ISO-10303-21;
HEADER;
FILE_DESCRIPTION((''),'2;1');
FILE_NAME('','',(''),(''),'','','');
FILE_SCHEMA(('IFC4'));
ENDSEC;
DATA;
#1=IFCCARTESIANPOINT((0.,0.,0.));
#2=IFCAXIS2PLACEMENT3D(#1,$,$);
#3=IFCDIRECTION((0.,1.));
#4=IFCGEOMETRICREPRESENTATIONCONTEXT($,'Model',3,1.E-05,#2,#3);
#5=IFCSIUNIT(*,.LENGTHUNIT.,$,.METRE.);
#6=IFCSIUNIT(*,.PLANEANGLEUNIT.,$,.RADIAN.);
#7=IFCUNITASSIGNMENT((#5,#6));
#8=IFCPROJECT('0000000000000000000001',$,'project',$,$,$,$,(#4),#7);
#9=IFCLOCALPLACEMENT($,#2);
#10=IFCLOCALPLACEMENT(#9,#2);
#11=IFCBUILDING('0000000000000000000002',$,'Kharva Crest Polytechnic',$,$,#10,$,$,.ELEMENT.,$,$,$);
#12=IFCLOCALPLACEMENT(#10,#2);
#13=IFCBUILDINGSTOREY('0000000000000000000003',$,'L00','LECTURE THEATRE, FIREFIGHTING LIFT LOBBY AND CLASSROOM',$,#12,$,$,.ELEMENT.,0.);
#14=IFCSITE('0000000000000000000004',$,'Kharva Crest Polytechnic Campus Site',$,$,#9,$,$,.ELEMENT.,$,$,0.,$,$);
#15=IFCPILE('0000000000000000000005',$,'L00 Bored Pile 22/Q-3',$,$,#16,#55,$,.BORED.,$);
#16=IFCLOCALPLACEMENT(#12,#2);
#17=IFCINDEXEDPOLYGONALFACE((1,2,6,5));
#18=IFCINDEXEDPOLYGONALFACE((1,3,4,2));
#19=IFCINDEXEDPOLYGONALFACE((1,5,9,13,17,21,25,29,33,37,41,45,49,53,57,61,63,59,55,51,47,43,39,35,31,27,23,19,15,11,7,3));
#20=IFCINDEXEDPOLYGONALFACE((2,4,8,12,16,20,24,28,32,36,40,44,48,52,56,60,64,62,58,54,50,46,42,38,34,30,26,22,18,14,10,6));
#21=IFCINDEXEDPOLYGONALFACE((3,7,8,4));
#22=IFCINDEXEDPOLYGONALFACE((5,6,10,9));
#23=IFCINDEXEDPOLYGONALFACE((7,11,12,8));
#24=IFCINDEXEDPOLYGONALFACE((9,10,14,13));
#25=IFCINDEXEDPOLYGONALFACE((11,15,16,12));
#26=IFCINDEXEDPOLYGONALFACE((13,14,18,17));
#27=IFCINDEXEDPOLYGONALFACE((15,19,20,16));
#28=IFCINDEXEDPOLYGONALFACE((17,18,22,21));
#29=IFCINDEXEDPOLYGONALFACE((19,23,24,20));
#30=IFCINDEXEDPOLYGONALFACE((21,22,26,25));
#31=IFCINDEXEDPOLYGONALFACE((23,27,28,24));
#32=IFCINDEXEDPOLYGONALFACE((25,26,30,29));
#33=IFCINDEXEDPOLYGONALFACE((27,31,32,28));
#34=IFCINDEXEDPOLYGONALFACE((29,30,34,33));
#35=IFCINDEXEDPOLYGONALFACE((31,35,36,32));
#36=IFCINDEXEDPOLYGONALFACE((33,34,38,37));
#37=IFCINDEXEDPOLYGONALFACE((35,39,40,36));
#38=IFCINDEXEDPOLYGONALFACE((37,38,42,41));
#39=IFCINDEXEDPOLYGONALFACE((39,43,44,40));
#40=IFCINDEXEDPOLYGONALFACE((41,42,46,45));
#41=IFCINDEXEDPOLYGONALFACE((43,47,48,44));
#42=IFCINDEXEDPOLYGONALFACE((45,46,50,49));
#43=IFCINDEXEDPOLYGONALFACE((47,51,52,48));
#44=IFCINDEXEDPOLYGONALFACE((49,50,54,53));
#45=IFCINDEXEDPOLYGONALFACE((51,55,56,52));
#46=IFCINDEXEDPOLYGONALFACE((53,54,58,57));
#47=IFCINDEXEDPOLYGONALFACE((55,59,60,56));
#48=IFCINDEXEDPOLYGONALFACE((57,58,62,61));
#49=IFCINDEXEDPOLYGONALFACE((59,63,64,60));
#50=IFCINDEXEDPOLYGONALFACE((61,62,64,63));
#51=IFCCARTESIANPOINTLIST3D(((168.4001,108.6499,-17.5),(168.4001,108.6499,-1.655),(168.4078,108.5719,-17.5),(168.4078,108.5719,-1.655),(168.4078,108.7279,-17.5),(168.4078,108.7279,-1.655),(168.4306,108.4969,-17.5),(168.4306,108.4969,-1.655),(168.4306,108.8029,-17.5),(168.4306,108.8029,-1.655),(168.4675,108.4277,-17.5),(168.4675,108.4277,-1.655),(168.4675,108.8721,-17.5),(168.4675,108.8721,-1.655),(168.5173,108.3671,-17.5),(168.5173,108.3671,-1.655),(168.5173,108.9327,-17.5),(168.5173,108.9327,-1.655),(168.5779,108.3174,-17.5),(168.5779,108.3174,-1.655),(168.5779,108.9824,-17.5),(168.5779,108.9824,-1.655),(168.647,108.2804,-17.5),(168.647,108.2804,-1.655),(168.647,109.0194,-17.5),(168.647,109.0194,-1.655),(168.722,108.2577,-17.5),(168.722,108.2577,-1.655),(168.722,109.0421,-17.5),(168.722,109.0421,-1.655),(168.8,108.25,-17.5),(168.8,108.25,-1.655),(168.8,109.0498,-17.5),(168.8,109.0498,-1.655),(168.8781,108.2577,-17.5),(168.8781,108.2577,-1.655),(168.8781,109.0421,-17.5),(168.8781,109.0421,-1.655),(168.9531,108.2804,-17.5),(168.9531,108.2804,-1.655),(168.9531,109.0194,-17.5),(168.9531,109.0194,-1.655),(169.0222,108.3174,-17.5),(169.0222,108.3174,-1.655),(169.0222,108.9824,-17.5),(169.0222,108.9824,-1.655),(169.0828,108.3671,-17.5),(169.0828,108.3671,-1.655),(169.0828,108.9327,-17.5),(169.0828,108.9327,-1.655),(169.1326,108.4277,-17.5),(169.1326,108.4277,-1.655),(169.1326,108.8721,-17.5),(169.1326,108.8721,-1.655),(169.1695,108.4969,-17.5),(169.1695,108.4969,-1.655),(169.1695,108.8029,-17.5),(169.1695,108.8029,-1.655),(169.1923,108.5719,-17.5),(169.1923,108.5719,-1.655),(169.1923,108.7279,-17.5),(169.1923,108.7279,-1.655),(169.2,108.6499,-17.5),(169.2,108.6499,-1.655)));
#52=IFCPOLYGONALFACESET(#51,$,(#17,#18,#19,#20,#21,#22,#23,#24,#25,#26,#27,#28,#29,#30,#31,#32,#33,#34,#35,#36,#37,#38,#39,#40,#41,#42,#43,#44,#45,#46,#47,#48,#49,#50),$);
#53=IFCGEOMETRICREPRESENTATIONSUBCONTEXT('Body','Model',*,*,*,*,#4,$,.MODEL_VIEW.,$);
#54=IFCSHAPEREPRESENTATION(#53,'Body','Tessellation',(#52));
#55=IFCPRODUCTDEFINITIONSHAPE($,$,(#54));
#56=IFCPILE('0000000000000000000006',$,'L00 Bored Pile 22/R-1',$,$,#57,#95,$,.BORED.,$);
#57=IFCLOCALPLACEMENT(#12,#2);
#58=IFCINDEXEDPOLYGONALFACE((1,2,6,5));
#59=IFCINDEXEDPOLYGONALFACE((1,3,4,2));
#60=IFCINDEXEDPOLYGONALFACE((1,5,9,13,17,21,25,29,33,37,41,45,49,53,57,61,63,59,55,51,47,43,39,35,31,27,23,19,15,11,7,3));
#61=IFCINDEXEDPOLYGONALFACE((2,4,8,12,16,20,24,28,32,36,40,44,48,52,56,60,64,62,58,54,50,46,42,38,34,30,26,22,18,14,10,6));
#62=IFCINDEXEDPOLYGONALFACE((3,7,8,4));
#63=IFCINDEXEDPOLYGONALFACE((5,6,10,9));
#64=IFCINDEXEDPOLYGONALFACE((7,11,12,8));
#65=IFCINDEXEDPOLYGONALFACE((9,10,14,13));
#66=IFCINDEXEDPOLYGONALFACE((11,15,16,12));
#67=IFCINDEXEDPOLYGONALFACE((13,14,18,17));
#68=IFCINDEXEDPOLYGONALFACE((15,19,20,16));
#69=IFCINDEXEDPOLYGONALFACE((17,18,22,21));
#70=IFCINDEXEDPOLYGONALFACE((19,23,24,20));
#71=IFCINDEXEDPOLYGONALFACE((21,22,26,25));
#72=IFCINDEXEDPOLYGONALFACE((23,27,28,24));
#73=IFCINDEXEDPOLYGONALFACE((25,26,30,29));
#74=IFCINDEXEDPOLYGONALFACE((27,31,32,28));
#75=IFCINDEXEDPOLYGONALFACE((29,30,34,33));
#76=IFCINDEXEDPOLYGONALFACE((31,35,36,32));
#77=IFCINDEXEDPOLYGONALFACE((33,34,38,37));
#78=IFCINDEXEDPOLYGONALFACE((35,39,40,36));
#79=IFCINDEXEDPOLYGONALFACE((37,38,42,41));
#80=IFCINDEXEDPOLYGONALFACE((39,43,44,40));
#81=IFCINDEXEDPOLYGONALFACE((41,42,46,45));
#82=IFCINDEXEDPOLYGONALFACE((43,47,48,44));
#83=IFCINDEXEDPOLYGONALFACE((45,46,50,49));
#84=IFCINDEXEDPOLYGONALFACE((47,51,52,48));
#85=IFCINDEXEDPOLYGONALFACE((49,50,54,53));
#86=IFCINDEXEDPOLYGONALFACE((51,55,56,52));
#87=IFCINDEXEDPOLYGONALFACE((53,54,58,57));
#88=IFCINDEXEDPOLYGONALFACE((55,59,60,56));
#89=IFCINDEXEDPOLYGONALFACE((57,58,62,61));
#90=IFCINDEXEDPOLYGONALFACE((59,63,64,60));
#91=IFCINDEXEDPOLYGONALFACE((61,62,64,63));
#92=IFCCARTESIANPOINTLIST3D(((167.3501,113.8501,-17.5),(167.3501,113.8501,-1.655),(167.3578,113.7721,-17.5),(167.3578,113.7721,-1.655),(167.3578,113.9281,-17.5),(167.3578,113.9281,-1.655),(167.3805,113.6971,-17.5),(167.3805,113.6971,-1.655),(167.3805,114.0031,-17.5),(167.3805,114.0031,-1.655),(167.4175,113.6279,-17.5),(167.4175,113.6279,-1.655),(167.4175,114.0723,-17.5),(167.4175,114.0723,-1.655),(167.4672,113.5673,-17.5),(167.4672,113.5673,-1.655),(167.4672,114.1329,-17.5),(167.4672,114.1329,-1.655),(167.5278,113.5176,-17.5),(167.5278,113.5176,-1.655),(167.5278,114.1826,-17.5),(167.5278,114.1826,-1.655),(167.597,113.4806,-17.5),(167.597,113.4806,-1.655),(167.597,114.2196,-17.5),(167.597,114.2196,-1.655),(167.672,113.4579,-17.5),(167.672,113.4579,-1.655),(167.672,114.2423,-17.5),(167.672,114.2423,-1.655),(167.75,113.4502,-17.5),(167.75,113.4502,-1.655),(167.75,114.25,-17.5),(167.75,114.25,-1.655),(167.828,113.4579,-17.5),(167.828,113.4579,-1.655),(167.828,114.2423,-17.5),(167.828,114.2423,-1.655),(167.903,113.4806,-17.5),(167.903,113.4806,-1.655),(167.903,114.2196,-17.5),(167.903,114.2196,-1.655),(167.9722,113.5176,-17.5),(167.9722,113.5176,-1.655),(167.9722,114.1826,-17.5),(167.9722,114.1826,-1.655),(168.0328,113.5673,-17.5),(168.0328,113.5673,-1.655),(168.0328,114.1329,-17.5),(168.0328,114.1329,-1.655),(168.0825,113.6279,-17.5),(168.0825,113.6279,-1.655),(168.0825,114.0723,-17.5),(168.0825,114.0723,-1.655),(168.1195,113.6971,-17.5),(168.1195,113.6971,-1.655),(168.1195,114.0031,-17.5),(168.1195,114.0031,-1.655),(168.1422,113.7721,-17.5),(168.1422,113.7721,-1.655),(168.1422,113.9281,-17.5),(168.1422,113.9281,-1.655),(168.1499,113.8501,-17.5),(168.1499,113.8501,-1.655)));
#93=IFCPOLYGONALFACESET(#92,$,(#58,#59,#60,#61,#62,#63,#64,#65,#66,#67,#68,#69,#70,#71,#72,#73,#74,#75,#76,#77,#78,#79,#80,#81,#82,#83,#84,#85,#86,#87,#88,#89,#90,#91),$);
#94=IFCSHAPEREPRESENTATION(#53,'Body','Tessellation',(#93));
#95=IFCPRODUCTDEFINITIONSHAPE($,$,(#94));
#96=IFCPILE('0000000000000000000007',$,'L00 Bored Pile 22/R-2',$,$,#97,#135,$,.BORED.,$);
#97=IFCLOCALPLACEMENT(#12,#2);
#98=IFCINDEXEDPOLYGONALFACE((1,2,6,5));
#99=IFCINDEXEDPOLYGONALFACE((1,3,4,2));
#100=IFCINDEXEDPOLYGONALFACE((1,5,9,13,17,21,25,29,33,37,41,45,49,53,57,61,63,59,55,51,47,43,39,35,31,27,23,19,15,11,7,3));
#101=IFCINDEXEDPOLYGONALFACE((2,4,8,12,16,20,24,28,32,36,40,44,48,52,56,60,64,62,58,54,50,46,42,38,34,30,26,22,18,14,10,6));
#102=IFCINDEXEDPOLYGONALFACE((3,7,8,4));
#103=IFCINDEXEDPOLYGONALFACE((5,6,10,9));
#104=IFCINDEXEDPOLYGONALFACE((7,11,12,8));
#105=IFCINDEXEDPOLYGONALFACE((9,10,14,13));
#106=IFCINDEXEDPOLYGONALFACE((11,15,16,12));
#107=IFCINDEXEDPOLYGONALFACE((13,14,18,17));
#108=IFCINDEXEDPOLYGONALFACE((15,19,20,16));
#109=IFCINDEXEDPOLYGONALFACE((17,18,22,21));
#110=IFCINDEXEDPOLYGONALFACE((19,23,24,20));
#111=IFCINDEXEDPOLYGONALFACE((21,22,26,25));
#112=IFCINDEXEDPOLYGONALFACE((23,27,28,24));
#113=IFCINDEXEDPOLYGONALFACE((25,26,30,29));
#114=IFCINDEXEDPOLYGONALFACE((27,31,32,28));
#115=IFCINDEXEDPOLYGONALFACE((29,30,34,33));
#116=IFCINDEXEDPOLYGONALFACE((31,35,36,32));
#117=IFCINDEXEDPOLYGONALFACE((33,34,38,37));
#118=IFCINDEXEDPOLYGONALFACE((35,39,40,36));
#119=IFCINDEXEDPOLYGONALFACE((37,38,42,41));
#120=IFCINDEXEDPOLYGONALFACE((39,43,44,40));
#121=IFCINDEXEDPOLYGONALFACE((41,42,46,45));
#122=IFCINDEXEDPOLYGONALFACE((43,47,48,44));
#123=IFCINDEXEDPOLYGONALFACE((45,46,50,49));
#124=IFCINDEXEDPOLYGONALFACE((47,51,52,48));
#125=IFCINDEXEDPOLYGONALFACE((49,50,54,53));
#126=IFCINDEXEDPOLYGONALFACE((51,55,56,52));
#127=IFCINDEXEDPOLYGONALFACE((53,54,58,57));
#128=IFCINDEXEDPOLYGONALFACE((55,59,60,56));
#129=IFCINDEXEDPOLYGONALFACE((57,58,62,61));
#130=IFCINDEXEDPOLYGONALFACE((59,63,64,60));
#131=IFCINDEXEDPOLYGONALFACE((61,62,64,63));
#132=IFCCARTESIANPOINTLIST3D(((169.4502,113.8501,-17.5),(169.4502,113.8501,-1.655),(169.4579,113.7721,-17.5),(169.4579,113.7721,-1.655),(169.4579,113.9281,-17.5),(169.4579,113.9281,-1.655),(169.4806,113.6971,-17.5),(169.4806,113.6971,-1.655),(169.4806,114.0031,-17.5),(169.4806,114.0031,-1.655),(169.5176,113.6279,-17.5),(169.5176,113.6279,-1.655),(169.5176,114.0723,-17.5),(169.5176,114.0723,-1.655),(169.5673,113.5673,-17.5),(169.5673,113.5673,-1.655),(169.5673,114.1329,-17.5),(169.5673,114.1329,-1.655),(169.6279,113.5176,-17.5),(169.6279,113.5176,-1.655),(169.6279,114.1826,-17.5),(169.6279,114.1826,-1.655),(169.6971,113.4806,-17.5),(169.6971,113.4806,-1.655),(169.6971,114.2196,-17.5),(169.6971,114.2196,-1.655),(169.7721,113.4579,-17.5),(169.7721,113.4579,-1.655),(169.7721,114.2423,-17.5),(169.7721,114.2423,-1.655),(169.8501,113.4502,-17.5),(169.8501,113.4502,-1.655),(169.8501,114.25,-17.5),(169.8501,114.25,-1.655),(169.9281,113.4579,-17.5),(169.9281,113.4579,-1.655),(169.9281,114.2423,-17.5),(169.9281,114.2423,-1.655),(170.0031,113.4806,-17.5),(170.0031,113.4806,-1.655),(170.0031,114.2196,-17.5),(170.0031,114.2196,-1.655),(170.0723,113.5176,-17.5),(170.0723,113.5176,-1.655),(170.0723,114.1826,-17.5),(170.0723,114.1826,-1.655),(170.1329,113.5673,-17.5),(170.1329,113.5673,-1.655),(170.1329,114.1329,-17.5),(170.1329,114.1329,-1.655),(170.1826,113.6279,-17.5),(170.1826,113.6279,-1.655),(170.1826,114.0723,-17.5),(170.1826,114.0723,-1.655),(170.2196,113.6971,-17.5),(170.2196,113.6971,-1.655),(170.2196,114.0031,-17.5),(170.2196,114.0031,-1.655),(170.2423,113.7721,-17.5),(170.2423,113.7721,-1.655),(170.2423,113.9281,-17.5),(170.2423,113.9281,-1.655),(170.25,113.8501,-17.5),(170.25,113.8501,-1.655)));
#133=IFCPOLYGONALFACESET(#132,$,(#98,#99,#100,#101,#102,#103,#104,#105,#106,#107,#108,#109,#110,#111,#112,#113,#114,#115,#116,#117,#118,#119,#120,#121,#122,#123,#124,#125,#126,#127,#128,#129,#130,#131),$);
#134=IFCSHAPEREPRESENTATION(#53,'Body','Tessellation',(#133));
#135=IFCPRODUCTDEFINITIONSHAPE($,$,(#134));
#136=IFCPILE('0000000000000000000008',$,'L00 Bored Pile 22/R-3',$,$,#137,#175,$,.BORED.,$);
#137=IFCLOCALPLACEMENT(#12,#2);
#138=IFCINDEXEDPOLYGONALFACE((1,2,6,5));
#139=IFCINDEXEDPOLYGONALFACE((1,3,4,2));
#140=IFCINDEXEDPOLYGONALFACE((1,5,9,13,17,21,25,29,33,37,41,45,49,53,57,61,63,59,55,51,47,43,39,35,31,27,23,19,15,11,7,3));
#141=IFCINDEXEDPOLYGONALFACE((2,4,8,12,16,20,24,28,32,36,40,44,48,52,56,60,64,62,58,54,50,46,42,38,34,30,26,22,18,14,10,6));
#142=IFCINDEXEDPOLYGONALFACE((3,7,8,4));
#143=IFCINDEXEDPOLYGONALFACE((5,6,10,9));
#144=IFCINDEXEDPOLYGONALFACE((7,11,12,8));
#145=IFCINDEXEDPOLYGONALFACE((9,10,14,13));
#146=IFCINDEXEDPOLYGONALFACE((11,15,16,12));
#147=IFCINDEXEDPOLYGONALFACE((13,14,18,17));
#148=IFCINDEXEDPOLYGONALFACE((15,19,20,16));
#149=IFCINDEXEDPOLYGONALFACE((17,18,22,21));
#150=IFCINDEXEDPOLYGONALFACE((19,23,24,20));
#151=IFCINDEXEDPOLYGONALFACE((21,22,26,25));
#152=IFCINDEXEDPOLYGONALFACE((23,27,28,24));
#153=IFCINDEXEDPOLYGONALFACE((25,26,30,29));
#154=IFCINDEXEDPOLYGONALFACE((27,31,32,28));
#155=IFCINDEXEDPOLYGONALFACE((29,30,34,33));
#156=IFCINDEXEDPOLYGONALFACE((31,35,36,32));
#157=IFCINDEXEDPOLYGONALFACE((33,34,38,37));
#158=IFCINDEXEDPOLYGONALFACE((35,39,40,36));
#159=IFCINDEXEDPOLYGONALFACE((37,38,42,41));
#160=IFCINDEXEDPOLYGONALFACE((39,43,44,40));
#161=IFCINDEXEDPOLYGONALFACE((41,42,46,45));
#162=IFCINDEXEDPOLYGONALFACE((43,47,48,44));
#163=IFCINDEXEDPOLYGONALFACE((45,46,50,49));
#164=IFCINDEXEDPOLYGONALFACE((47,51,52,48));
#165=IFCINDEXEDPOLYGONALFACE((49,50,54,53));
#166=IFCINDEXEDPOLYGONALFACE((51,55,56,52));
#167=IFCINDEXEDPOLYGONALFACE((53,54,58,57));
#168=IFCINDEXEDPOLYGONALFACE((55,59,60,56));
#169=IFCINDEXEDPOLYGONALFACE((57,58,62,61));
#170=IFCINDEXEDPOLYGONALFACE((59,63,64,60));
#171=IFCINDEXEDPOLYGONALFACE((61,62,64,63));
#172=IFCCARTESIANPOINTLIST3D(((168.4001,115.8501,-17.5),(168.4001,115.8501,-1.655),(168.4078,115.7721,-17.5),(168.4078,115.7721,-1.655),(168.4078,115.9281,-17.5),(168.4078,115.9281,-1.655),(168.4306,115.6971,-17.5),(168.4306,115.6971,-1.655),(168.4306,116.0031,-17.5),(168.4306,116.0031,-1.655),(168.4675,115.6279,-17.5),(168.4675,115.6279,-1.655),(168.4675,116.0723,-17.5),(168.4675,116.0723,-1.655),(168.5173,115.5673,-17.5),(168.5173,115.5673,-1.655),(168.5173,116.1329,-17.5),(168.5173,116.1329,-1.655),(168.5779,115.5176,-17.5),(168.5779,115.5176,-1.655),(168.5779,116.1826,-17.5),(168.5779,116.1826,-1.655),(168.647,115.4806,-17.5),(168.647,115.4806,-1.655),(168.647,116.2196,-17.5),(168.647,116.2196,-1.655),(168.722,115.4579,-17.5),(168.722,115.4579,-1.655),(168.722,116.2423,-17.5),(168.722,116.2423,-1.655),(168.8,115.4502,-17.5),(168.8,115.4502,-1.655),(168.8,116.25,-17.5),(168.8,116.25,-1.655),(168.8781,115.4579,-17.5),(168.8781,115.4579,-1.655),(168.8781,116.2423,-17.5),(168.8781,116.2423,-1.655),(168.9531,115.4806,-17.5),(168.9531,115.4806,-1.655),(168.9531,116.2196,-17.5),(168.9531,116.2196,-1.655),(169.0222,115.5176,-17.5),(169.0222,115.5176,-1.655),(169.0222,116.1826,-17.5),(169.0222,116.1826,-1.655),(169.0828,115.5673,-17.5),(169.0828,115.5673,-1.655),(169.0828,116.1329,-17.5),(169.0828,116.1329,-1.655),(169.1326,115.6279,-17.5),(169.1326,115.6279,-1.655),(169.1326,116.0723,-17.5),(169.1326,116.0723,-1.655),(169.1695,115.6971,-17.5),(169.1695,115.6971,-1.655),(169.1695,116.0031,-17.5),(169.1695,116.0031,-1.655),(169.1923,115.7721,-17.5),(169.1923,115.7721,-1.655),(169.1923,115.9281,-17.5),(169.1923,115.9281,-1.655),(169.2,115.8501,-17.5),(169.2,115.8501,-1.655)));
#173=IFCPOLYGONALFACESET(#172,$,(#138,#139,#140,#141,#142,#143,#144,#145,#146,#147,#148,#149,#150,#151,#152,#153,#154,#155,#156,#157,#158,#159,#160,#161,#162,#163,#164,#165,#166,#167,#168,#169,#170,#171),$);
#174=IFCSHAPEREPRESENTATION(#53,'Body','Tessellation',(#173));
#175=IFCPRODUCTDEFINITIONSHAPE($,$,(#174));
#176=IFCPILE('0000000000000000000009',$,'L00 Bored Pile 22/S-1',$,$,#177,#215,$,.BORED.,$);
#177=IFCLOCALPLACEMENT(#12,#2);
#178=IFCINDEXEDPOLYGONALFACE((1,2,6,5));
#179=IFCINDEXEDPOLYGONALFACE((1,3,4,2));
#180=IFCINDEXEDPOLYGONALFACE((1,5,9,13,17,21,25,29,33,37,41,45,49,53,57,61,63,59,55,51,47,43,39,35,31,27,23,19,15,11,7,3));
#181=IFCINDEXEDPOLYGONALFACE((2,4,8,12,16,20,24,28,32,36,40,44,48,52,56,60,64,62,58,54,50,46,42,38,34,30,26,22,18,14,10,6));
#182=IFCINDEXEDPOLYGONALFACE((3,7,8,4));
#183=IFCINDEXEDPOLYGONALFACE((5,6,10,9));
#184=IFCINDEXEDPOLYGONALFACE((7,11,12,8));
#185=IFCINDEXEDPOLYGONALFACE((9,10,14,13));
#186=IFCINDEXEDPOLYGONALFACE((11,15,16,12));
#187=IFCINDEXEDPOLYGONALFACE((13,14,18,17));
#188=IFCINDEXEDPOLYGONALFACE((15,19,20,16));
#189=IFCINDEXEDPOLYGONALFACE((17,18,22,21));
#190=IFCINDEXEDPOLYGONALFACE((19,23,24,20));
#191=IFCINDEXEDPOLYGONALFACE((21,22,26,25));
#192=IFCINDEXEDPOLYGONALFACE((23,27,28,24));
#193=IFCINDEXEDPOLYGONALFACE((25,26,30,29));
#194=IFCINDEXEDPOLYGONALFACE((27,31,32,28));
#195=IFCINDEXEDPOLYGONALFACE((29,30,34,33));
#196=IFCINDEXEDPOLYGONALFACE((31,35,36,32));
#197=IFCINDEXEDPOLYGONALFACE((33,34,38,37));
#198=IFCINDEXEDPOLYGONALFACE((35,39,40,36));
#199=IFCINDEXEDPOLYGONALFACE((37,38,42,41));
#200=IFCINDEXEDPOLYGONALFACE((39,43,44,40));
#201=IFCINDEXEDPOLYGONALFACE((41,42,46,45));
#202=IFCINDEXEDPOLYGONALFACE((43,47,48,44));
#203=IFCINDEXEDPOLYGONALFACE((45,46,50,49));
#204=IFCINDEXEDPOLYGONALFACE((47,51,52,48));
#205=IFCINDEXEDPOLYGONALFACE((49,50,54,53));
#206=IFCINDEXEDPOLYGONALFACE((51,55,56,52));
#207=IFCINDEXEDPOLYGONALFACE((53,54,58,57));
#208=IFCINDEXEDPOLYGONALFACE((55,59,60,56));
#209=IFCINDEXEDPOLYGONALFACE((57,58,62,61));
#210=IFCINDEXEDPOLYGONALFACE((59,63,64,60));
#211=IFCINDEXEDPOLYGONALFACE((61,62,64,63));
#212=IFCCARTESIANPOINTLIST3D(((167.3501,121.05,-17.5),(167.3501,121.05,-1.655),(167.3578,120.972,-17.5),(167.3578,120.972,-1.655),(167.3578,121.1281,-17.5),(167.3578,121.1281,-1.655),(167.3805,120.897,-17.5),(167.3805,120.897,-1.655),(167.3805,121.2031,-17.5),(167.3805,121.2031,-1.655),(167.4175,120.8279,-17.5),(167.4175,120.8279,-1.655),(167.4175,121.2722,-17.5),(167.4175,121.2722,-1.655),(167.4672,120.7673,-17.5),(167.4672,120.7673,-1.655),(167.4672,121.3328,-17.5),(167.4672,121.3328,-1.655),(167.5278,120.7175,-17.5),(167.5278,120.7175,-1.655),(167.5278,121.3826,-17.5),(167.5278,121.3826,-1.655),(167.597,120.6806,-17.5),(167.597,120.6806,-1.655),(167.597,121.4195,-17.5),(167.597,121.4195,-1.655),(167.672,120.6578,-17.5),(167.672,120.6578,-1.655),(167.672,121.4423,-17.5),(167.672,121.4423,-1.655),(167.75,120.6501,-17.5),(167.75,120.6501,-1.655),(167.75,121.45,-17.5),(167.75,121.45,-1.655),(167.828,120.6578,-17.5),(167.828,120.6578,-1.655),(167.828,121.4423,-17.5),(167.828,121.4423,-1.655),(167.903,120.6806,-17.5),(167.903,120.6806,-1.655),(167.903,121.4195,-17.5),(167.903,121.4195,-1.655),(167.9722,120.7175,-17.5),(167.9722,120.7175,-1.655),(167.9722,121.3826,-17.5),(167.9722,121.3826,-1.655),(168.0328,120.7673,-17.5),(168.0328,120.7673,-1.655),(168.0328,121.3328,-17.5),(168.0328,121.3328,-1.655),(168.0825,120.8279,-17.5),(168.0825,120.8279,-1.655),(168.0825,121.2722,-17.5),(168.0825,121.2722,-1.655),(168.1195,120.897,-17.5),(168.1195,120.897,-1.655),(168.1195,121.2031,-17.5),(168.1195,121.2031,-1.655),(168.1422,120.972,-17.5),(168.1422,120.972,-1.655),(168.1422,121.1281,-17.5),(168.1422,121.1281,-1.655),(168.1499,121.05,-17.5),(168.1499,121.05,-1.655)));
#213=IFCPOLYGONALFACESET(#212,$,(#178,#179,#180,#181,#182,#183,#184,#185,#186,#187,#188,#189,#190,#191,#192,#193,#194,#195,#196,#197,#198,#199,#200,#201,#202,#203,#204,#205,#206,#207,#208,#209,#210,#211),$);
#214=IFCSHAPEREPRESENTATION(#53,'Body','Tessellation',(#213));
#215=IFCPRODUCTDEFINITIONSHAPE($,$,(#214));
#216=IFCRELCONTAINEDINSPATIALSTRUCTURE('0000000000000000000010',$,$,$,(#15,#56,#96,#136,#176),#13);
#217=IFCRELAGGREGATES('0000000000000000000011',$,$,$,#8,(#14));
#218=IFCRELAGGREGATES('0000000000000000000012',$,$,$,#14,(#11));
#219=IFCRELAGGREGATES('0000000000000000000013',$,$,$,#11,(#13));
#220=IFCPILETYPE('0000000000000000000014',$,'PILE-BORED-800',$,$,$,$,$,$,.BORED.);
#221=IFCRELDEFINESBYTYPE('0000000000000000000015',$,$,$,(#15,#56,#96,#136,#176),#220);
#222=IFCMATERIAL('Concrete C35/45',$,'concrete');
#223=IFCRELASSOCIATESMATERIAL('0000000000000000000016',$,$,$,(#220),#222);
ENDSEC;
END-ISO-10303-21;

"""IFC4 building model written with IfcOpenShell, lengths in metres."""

from ifc_helpers import new_model, si_unit, direction, frame, origin, origin_2d, place, context, subcontext, project, spatial, circle, extrude, material, material_profile, profile_set, type_object, element, save


model = new_model("IFC4")

# Units and contexts
model_context = context("Model", 3, precision=1e-05, world=origin(), true_north=direction((0.0, 1.0)))
body_context = subcontext(model_context, "Body", "Model", "MODEL_VIEW")
ifc_project = project(units=[si_unit("LENGTHUNIT", "METRE"), si_unit("PLANEANGLEUNIT", "RADIAN")], contexts=[model_context])

# Site, building, storey
site_placement = place(None, origin())
site = spatial("IfcSite", under=ifc_project, at=site_placement, Name="Kharva Crest Polytechnic Campus Site", CompositionType="ELEMENT", RefElevation=0.0)
building_placement = place(site_placement, origin())
building = spatial("IfcBuilding", under=site, at=building_placement, Name="Kharva Crest Polytechnic", CompositionType="ELEMENT")
storey_placement = place(building_placement, origin())
storey = spatial("IfcBuildingStorey", under=building, at=storey_placement, Name="L00", Description="LECTURE THEATRE, FIREFIGHTING LIFT LOBBY AND CLASSROOM", CompositionType="ELEMENT", Elevation=0.0)

# Shared definitions
ifc_material_1 = material(Name="Concrete C35/45", Category="concrete")

# Piles
ifc_material_profile_1 = material_profile(ifc_material_1, circle(Radius=0.3999, at=origin_2d()), Name="DIA 800")
ifc_profile_set_1 = profile_set([ifc_material_profile_1], Name="Concrete C35/45")
pile_type = type_object("IfcPileType", Name="PILE-BORED-800", PredefinedType="BORED", material=ifc_profile_set_1)
for number, where, z_axis, x_axis, name in (
    (1, (168.8, 108.6499, -1.655), (0.0, 0.0, -1.0), (1.0, 0.0, 0.0), "L00 Bored Pile 22/Q-3"),
    (2, (167.75, 113.8501, -1.655), (0.0, 0.0, -1.0), (1.0, 0.0, 0.0), "L00 Bored Pile 22/R-1"),
    (3, (169.8501, 113.8501, -1.655), (0.0, 0.0, -1.0), (1.0, 0.0, 0.0), "L00 Bored Pile 22/R-2"),
    (4, (168.8, 115.8501, -1.655), (0.0, 0.0, -1.0), (1.0, 0.0, 0.0), "L00 Bored Pile 22/R-3"),
    (5, (167.75, 121.05, -1.655), (0.0, 0.0, -1.0), (1.0, 0.0, 0.0), "L00 Bored Pile 22/S-1"),
):
    element("IfcPile", number, at=place(storey_placement, frame(where, z_axis=z_axis, x_axis=x_axis)), inside=storey, type_object=pile_type, Name=name, PredefinedType="BORED", context=body_context, shape_type="SweptSolid", body=[
        extrude(circle(Radius=0.3999, at=origin_2d()), origin(), (0.0, 0.0, 1.0), 15.845),
    ])

save(model, "model.ifc")
